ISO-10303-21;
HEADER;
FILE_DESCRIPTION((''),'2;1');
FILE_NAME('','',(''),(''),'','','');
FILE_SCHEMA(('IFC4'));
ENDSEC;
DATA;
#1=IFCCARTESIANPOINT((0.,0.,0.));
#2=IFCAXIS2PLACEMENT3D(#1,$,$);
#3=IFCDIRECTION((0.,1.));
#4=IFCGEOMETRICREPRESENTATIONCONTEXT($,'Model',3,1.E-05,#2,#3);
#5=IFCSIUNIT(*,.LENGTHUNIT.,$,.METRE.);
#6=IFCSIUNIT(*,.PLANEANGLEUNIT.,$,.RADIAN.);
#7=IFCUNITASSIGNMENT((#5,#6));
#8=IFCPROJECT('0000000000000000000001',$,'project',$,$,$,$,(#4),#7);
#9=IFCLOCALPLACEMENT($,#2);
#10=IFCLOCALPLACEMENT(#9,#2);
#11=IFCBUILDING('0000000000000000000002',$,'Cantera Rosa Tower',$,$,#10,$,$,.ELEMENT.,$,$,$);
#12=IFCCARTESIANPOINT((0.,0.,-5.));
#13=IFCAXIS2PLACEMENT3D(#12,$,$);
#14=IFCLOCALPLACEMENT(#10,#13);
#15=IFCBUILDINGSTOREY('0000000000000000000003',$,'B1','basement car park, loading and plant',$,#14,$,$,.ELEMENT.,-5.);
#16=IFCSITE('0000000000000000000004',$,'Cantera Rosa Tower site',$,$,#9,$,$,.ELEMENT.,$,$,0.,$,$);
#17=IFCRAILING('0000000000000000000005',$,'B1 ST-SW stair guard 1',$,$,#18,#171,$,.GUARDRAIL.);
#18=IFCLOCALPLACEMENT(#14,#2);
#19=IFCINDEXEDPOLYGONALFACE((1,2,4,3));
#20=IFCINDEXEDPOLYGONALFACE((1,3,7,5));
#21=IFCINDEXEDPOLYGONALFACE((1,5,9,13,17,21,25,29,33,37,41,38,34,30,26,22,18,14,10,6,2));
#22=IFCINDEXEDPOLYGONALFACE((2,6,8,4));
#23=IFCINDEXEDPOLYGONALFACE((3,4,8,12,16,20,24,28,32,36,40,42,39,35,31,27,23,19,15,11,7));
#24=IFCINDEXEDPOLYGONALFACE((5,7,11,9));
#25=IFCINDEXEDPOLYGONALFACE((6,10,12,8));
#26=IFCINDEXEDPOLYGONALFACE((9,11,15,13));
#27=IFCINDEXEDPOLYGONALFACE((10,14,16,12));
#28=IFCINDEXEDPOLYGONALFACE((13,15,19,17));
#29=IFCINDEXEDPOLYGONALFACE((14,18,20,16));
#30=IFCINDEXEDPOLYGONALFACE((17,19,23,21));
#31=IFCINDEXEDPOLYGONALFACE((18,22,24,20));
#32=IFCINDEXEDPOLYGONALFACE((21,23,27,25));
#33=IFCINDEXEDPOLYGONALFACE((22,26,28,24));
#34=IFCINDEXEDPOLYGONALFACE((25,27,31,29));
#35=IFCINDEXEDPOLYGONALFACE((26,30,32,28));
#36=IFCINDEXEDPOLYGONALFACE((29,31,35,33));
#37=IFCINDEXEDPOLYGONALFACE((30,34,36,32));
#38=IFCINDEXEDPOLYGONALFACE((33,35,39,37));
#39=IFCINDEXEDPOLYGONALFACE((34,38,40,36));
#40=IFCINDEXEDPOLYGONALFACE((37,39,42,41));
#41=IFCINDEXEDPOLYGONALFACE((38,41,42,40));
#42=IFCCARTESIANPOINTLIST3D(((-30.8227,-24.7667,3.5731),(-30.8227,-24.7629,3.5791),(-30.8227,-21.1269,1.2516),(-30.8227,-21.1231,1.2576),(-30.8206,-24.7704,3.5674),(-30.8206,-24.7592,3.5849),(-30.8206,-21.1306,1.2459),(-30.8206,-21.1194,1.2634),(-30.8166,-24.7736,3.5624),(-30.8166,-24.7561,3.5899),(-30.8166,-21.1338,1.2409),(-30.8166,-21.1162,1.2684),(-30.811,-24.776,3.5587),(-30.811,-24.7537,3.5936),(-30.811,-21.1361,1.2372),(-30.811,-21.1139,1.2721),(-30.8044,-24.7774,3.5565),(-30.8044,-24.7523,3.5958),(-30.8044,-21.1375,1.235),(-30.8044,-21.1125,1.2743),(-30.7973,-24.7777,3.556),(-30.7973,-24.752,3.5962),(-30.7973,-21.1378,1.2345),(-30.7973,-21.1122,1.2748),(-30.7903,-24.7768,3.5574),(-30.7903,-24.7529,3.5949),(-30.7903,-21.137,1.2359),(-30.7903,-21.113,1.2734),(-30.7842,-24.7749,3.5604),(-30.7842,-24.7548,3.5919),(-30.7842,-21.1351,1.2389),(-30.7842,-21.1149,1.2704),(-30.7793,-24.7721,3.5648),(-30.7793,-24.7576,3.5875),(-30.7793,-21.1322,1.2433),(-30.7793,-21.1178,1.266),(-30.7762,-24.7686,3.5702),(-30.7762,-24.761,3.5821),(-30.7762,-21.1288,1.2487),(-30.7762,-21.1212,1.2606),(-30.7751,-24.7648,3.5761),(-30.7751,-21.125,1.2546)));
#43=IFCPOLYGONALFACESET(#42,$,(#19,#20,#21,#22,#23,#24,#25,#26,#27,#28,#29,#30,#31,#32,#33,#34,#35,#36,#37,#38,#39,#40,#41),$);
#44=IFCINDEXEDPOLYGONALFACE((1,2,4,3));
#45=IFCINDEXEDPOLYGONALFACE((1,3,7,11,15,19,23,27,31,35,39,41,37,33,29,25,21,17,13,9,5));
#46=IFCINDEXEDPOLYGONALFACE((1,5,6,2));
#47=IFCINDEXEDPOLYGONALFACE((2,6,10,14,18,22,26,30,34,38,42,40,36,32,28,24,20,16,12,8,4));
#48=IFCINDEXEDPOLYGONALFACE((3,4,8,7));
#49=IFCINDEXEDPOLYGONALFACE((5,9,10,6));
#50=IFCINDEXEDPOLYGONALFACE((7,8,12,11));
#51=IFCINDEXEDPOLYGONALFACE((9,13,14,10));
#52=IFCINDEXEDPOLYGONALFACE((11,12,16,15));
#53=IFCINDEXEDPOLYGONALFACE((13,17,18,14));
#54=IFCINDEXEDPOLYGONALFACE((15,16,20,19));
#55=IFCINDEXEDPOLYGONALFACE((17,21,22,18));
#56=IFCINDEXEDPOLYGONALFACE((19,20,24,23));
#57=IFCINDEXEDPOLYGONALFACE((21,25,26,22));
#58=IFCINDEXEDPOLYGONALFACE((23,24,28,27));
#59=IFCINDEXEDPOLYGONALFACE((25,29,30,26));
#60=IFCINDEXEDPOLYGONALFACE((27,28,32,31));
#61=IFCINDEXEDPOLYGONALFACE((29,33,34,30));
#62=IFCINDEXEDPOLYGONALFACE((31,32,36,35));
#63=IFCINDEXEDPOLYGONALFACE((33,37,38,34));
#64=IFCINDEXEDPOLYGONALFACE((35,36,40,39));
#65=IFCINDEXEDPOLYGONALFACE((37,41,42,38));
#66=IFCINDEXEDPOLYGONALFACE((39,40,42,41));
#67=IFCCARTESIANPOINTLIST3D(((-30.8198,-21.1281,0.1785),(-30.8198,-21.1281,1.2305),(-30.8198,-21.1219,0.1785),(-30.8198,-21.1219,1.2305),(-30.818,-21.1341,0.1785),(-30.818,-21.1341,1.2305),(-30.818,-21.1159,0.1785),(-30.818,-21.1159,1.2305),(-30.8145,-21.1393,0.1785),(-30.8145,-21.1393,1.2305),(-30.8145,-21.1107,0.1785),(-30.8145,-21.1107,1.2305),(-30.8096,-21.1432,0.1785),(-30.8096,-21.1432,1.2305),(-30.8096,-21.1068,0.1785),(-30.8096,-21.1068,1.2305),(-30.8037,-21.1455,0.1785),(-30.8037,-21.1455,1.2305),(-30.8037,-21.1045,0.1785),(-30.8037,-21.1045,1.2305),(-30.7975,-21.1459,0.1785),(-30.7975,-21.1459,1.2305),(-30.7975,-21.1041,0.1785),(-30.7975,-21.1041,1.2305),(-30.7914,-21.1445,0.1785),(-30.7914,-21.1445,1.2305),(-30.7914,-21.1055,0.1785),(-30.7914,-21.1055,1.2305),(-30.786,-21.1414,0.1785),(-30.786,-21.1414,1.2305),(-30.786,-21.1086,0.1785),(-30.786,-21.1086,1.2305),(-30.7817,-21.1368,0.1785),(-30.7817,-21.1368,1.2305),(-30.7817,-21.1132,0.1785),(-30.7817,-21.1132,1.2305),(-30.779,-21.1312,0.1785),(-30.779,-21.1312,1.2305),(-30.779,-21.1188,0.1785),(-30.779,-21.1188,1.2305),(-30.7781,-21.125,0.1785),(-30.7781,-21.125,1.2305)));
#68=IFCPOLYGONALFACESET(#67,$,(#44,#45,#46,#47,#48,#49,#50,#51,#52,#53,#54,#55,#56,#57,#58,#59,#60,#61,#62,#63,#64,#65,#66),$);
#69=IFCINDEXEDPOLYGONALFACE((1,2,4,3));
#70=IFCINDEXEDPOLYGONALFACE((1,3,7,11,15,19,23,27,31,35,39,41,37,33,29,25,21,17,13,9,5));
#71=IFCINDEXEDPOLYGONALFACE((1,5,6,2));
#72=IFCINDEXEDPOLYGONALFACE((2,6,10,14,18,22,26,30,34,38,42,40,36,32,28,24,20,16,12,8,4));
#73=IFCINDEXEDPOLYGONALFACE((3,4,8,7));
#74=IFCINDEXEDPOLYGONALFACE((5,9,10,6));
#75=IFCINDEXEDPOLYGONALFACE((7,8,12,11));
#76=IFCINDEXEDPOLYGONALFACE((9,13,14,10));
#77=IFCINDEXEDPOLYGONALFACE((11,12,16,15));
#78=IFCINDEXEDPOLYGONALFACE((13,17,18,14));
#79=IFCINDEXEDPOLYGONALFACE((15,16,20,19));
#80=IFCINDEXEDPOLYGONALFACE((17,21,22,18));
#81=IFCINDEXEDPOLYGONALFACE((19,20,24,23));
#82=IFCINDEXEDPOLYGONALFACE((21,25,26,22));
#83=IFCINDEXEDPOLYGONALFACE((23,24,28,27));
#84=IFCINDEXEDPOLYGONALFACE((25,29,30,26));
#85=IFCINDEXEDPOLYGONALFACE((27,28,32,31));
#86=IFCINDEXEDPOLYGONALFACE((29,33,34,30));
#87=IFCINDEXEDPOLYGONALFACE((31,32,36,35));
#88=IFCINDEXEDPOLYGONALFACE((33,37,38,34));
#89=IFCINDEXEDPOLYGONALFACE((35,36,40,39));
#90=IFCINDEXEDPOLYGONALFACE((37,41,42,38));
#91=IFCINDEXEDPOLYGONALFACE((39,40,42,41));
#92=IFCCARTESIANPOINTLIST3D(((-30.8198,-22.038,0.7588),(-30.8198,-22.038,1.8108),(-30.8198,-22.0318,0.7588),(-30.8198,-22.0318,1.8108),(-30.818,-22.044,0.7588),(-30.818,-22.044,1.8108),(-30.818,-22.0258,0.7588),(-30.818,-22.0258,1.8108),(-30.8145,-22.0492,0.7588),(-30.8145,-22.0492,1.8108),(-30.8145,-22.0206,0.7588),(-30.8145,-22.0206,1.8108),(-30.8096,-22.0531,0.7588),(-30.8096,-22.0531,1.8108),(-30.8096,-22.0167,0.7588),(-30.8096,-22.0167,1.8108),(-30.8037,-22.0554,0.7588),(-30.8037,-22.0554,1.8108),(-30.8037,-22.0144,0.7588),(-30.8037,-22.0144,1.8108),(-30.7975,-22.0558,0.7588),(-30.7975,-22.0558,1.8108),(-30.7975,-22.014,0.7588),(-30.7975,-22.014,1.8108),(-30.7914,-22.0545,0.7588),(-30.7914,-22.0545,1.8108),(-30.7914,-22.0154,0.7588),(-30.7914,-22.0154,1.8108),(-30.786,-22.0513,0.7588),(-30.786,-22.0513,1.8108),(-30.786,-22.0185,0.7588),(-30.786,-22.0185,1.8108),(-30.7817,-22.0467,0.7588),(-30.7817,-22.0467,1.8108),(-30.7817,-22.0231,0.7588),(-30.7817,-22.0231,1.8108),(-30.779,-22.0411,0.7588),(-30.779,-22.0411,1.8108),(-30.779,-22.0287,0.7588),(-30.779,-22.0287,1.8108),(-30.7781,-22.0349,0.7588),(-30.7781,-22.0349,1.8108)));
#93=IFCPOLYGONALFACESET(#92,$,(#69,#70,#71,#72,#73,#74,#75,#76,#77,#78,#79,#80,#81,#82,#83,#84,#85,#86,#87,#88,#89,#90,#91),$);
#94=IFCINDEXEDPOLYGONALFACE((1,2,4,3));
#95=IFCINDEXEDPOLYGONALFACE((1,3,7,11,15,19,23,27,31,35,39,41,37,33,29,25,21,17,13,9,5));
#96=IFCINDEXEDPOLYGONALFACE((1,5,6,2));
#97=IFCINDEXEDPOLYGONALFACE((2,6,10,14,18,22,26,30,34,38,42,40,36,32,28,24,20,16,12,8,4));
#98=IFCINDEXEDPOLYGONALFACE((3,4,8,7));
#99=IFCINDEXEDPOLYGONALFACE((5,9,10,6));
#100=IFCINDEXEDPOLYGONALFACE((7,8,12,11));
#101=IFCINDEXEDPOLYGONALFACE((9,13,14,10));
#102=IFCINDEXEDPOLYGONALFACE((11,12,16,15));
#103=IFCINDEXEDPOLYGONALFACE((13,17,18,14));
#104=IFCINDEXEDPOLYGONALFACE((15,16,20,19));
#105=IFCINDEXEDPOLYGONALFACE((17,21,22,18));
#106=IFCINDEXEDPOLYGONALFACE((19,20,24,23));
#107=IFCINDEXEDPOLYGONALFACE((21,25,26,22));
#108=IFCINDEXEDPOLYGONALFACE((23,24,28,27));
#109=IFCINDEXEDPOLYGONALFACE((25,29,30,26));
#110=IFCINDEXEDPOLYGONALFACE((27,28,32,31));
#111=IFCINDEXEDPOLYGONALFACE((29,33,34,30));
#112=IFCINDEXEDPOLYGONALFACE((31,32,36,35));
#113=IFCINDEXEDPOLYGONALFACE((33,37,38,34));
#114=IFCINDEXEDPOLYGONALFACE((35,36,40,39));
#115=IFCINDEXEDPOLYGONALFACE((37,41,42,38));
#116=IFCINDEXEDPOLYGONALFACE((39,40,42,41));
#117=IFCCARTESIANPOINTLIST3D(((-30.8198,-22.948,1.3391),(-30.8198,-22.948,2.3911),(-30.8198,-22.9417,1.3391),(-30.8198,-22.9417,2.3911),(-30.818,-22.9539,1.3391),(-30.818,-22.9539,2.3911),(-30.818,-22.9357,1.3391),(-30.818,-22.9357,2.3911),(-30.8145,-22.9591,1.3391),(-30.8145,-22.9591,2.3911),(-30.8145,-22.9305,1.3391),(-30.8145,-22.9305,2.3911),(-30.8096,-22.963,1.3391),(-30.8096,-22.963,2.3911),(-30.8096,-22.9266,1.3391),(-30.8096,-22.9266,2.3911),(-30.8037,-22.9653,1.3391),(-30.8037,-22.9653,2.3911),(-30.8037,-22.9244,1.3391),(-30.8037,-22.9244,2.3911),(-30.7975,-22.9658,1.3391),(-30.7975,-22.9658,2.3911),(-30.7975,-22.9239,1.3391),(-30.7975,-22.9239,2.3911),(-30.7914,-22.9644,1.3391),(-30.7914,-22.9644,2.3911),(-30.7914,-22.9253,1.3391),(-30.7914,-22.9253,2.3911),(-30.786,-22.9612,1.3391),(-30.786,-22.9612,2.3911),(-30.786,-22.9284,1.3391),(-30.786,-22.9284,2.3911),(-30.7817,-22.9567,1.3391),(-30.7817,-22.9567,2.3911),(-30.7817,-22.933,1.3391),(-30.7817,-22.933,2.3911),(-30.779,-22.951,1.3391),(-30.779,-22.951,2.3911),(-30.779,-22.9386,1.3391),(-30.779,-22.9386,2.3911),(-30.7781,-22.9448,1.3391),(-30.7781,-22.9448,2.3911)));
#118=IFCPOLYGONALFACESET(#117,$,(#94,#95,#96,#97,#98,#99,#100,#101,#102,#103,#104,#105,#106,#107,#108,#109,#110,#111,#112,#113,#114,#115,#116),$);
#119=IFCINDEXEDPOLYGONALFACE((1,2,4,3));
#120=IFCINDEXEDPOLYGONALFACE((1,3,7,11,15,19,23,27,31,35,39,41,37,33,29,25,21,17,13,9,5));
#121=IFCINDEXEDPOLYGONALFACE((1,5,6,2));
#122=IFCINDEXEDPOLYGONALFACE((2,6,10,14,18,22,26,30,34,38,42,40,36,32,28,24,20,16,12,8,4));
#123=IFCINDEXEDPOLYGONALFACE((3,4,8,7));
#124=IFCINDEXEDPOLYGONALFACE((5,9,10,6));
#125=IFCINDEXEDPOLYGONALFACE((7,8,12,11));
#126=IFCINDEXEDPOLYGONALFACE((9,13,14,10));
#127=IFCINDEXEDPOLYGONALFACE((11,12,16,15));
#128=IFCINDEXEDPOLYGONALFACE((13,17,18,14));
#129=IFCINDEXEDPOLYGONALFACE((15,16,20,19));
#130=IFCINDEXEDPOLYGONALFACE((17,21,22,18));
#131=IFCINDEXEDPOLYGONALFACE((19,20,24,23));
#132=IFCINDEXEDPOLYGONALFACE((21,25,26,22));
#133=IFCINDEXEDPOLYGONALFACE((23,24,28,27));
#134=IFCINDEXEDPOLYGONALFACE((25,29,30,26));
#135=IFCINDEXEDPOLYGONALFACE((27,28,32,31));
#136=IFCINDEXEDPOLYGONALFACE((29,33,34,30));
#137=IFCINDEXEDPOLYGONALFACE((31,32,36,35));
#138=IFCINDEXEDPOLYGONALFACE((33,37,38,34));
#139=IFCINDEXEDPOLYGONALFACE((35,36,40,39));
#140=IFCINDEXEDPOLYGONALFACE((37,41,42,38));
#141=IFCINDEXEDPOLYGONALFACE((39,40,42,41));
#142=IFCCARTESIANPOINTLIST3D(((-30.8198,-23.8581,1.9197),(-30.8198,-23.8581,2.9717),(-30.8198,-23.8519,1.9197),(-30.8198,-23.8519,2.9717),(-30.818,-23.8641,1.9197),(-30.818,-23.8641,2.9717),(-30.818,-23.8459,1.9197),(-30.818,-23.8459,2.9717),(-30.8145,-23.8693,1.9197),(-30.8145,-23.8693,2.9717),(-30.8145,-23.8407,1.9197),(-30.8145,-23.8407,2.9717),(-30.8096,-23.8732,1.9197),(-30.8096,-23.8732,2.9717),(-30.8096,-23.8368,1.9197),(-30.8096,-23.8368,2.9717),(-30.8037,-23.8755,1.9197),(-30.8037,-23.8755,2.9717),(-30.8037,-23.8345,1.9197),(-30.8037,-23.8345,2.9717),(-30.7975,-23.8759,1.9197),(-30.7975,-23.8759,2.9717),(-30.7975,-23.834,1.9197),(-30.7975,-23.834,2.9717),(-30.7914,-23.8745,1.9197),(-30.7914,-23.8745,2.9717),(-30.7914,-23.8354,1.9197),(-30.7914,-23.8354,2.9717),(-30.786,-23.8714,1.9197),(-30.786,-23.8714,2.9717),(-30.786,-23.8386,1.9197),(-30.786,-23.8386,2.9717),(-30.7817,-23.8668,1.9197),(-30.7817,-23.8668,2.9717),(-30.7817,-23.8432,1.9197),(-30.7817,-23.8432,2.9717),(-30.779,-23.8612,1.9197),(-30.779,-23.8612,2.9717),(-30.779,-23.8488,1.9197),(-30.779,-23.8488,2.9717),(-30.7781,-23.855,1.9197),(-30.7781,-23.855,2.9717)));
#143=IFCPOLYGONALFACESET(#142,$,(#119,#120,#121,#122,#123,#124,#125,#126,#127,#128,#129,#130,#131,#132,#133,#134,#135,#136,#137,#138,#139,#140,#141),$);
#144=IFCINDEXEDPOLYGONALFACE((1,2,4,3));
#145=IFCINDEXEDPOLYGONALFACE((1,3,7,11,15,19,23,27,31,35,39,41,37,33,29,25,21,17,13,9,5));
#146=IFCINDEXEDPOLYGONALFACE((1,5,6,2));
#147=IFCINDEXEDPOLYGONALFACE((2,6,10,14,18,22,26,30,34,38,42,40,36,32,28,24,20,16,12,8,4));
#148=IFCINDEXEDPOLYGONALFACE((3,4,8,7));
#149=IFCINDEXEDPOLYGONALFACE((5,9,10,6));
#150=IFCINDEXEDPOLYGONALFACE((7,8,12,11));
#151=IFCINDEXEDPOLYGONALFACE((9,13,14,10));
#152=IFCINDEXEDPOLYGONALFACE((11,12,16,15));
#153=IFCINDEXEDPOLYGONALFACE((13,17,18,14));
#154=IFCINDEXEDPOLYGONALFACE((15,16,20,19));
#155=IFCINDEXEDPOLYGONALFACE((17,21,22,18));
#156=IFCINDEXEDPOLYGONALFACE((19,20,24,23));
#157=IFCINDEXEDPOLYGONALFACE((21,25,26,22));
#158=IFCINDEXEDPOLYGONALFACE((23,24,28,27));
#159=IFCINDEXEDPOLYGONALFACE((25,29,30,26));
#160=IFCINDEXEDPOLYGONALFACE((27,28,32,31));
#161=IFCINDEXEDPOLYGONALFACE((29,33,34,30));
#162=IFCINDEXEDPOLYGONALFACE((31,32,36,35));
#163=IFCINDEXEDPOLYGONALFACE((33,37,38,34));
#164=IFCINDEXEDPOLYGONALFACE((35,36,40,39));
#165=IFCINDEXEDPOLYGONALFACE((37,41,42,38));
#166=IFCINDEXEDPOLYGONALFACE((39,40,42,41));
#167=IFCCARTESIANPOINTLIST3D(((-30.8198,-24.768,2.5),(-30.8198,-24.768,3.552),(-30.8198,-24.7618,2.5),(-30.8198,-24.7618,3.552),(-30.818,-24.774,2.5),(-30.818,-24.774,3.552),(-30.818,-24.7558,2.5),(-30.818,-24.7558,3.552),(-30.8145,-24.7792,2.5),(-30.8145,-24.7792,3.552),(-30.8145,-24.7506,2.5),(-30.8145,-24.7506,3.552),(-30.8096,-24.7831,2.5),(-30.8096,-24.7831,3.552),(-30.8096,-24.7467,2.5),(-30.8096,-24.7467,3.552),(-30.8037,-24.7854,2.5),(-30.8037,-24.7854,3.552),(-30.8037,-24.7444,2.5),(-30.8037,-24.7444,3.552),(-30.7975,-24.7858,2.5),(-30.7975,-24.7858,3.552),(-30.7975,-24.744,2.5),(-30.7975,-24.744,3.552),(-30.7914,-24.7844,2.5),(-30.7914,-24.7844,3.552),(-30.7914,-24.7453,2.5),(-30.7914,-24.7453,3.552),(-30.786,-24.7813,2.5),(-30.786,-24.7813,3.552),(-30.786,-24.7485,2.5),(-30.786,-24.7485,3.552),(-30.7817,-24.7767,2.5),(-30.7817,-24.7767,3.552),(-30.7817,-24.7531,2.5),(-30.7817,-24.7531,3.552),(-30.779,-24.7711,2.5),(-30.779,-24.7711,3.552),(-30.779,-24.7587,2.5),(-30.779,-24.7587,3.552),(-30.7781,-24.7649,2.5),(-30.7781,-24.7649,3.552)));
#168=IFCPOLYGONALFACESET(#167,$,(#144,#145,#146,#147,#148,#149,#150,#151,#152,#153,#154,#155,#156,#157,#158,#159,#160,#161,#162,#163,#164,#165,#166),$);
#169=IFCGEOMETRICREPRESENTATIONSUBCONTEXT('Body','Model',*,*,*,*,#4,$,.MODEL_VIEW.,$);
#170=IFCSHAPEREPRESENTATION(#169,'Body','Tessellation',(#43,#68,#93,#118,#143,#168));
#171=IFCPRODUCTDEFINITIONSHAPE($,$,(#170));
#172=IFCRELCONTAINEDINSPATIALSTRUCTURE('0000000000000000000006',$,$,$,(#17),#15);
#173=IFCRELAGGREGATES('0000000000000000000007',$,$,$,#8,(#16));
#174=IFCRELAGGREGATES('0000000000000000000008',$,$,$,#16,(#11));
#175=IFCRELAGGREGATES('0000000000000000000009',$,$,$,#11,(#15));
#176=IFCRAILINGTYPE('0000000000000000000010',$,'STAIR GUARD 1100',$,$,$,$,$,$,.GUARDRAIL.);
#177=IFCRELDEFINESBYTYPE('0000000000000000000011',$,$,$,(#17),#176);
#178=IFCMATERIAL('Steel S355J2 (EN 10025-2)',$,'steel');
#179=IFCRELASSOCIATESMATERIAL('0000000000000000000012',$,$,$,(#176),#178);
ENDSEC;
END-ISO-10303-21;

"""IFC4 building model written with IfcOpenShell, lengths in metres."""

from ifc_helpers import new_model, si_unit, direction, frame, origin, origin_2d, place, context, subcontext, project, spatial, circle, extrude, material, type_object, element, save


model = new_model("IFC4")

# Units and contexts
model_context = context("Model", 3, precision=1e-05, world=origin(), true_north=direction((0.0, 1.0)))
body_context = subcontext(model_context, "Body", "Model", "MODEL_VIEW")
ifc_project = project(units=[si_unit("LENGTHUNIT", "METRE"), si_unit("PLANEANGLEUNIT", "RADIAN")], contexts=[model_context])

# Site, building, storey
site_placement = place(None, origin())
site = spatial("IfcSite", under=ifc_project, at=site_placement, Name="Cantera Rosa Tower site", CompositionType="ELEMENT", RefElevation=0.0)
building_placement = place(site_placement, origin())
building = spatial("IfcBuilding", under=site, at=building_placement, Name="Cantera Rosa Tower", CompositionType="ELEMENT")
storey_placement = place(building_placement, frame((0.0, 0.0, -5.0)))
storey = spatial("IfcBuildingStorey", under=building, at=storey_placement, Name="B1", Description="basement car park, loading and plant", CompositionType="ELEMENT", Elevation=-5.0)

# Railing
ifc_material_1 = material(Name="Steel S355J2 (EN 10025-2)", Category="steel")
railing_type_1 = type_object("IfcRailingType", Name="STAIR GUARD 1100", PredefinedType="GUARDRAIL", material=ifc_material_1)
railing_1_placement = place(storey_placement, frame((-30.7991, -21.125, 0.1785)))
element("IfcRailing", 1, at=railing_1_placement, inside=storey, type_object=railing_type_1, Name="B1 ST-SW stair guard 1", PredefinedType="GUARDRAIL", context=body_context, shape_type="SweptSolid", body=[
    extrude(circle(Radius=0.0239, at=origin_2d()), frame((0.0, 0.0, 1.0762), z_axis=(0.0, -0.843112, 0.537739), x_axis=(1.0, 0.0, 0.0)), (0.0, 0.0, 1.0), 4.3171),
    extrude(circle(Radius=0.021, at=origin_2d()), origin(), (0.0, 0.0, 1.0), 1.052),
    extrude(circle(Radius=0.021, at=origin_2d()), frame((0.0, -0.9099, 0.5803)), (0.0, 0.0, 1.0), 1.052),
    extrude(circle(Radius=0.021, at=origin_2d()), frame((0.0, -1.8198, 1.1606)), (0.0, 0.0, 1.0), 1.052),
    extrude(circle(Radius=0.021, at=origin_2d()), frame((0.0, -2.73, 1.7412)), (0.0, 0.0, 1.0), 1.052),
    extrude(circle(Radius=0.021, at=origin_2d()), frame((0.0, -3.6399, 2.3215)), (0.0, 0.0, 1.0), 1.052),
])

save(model, "model.ifc")
